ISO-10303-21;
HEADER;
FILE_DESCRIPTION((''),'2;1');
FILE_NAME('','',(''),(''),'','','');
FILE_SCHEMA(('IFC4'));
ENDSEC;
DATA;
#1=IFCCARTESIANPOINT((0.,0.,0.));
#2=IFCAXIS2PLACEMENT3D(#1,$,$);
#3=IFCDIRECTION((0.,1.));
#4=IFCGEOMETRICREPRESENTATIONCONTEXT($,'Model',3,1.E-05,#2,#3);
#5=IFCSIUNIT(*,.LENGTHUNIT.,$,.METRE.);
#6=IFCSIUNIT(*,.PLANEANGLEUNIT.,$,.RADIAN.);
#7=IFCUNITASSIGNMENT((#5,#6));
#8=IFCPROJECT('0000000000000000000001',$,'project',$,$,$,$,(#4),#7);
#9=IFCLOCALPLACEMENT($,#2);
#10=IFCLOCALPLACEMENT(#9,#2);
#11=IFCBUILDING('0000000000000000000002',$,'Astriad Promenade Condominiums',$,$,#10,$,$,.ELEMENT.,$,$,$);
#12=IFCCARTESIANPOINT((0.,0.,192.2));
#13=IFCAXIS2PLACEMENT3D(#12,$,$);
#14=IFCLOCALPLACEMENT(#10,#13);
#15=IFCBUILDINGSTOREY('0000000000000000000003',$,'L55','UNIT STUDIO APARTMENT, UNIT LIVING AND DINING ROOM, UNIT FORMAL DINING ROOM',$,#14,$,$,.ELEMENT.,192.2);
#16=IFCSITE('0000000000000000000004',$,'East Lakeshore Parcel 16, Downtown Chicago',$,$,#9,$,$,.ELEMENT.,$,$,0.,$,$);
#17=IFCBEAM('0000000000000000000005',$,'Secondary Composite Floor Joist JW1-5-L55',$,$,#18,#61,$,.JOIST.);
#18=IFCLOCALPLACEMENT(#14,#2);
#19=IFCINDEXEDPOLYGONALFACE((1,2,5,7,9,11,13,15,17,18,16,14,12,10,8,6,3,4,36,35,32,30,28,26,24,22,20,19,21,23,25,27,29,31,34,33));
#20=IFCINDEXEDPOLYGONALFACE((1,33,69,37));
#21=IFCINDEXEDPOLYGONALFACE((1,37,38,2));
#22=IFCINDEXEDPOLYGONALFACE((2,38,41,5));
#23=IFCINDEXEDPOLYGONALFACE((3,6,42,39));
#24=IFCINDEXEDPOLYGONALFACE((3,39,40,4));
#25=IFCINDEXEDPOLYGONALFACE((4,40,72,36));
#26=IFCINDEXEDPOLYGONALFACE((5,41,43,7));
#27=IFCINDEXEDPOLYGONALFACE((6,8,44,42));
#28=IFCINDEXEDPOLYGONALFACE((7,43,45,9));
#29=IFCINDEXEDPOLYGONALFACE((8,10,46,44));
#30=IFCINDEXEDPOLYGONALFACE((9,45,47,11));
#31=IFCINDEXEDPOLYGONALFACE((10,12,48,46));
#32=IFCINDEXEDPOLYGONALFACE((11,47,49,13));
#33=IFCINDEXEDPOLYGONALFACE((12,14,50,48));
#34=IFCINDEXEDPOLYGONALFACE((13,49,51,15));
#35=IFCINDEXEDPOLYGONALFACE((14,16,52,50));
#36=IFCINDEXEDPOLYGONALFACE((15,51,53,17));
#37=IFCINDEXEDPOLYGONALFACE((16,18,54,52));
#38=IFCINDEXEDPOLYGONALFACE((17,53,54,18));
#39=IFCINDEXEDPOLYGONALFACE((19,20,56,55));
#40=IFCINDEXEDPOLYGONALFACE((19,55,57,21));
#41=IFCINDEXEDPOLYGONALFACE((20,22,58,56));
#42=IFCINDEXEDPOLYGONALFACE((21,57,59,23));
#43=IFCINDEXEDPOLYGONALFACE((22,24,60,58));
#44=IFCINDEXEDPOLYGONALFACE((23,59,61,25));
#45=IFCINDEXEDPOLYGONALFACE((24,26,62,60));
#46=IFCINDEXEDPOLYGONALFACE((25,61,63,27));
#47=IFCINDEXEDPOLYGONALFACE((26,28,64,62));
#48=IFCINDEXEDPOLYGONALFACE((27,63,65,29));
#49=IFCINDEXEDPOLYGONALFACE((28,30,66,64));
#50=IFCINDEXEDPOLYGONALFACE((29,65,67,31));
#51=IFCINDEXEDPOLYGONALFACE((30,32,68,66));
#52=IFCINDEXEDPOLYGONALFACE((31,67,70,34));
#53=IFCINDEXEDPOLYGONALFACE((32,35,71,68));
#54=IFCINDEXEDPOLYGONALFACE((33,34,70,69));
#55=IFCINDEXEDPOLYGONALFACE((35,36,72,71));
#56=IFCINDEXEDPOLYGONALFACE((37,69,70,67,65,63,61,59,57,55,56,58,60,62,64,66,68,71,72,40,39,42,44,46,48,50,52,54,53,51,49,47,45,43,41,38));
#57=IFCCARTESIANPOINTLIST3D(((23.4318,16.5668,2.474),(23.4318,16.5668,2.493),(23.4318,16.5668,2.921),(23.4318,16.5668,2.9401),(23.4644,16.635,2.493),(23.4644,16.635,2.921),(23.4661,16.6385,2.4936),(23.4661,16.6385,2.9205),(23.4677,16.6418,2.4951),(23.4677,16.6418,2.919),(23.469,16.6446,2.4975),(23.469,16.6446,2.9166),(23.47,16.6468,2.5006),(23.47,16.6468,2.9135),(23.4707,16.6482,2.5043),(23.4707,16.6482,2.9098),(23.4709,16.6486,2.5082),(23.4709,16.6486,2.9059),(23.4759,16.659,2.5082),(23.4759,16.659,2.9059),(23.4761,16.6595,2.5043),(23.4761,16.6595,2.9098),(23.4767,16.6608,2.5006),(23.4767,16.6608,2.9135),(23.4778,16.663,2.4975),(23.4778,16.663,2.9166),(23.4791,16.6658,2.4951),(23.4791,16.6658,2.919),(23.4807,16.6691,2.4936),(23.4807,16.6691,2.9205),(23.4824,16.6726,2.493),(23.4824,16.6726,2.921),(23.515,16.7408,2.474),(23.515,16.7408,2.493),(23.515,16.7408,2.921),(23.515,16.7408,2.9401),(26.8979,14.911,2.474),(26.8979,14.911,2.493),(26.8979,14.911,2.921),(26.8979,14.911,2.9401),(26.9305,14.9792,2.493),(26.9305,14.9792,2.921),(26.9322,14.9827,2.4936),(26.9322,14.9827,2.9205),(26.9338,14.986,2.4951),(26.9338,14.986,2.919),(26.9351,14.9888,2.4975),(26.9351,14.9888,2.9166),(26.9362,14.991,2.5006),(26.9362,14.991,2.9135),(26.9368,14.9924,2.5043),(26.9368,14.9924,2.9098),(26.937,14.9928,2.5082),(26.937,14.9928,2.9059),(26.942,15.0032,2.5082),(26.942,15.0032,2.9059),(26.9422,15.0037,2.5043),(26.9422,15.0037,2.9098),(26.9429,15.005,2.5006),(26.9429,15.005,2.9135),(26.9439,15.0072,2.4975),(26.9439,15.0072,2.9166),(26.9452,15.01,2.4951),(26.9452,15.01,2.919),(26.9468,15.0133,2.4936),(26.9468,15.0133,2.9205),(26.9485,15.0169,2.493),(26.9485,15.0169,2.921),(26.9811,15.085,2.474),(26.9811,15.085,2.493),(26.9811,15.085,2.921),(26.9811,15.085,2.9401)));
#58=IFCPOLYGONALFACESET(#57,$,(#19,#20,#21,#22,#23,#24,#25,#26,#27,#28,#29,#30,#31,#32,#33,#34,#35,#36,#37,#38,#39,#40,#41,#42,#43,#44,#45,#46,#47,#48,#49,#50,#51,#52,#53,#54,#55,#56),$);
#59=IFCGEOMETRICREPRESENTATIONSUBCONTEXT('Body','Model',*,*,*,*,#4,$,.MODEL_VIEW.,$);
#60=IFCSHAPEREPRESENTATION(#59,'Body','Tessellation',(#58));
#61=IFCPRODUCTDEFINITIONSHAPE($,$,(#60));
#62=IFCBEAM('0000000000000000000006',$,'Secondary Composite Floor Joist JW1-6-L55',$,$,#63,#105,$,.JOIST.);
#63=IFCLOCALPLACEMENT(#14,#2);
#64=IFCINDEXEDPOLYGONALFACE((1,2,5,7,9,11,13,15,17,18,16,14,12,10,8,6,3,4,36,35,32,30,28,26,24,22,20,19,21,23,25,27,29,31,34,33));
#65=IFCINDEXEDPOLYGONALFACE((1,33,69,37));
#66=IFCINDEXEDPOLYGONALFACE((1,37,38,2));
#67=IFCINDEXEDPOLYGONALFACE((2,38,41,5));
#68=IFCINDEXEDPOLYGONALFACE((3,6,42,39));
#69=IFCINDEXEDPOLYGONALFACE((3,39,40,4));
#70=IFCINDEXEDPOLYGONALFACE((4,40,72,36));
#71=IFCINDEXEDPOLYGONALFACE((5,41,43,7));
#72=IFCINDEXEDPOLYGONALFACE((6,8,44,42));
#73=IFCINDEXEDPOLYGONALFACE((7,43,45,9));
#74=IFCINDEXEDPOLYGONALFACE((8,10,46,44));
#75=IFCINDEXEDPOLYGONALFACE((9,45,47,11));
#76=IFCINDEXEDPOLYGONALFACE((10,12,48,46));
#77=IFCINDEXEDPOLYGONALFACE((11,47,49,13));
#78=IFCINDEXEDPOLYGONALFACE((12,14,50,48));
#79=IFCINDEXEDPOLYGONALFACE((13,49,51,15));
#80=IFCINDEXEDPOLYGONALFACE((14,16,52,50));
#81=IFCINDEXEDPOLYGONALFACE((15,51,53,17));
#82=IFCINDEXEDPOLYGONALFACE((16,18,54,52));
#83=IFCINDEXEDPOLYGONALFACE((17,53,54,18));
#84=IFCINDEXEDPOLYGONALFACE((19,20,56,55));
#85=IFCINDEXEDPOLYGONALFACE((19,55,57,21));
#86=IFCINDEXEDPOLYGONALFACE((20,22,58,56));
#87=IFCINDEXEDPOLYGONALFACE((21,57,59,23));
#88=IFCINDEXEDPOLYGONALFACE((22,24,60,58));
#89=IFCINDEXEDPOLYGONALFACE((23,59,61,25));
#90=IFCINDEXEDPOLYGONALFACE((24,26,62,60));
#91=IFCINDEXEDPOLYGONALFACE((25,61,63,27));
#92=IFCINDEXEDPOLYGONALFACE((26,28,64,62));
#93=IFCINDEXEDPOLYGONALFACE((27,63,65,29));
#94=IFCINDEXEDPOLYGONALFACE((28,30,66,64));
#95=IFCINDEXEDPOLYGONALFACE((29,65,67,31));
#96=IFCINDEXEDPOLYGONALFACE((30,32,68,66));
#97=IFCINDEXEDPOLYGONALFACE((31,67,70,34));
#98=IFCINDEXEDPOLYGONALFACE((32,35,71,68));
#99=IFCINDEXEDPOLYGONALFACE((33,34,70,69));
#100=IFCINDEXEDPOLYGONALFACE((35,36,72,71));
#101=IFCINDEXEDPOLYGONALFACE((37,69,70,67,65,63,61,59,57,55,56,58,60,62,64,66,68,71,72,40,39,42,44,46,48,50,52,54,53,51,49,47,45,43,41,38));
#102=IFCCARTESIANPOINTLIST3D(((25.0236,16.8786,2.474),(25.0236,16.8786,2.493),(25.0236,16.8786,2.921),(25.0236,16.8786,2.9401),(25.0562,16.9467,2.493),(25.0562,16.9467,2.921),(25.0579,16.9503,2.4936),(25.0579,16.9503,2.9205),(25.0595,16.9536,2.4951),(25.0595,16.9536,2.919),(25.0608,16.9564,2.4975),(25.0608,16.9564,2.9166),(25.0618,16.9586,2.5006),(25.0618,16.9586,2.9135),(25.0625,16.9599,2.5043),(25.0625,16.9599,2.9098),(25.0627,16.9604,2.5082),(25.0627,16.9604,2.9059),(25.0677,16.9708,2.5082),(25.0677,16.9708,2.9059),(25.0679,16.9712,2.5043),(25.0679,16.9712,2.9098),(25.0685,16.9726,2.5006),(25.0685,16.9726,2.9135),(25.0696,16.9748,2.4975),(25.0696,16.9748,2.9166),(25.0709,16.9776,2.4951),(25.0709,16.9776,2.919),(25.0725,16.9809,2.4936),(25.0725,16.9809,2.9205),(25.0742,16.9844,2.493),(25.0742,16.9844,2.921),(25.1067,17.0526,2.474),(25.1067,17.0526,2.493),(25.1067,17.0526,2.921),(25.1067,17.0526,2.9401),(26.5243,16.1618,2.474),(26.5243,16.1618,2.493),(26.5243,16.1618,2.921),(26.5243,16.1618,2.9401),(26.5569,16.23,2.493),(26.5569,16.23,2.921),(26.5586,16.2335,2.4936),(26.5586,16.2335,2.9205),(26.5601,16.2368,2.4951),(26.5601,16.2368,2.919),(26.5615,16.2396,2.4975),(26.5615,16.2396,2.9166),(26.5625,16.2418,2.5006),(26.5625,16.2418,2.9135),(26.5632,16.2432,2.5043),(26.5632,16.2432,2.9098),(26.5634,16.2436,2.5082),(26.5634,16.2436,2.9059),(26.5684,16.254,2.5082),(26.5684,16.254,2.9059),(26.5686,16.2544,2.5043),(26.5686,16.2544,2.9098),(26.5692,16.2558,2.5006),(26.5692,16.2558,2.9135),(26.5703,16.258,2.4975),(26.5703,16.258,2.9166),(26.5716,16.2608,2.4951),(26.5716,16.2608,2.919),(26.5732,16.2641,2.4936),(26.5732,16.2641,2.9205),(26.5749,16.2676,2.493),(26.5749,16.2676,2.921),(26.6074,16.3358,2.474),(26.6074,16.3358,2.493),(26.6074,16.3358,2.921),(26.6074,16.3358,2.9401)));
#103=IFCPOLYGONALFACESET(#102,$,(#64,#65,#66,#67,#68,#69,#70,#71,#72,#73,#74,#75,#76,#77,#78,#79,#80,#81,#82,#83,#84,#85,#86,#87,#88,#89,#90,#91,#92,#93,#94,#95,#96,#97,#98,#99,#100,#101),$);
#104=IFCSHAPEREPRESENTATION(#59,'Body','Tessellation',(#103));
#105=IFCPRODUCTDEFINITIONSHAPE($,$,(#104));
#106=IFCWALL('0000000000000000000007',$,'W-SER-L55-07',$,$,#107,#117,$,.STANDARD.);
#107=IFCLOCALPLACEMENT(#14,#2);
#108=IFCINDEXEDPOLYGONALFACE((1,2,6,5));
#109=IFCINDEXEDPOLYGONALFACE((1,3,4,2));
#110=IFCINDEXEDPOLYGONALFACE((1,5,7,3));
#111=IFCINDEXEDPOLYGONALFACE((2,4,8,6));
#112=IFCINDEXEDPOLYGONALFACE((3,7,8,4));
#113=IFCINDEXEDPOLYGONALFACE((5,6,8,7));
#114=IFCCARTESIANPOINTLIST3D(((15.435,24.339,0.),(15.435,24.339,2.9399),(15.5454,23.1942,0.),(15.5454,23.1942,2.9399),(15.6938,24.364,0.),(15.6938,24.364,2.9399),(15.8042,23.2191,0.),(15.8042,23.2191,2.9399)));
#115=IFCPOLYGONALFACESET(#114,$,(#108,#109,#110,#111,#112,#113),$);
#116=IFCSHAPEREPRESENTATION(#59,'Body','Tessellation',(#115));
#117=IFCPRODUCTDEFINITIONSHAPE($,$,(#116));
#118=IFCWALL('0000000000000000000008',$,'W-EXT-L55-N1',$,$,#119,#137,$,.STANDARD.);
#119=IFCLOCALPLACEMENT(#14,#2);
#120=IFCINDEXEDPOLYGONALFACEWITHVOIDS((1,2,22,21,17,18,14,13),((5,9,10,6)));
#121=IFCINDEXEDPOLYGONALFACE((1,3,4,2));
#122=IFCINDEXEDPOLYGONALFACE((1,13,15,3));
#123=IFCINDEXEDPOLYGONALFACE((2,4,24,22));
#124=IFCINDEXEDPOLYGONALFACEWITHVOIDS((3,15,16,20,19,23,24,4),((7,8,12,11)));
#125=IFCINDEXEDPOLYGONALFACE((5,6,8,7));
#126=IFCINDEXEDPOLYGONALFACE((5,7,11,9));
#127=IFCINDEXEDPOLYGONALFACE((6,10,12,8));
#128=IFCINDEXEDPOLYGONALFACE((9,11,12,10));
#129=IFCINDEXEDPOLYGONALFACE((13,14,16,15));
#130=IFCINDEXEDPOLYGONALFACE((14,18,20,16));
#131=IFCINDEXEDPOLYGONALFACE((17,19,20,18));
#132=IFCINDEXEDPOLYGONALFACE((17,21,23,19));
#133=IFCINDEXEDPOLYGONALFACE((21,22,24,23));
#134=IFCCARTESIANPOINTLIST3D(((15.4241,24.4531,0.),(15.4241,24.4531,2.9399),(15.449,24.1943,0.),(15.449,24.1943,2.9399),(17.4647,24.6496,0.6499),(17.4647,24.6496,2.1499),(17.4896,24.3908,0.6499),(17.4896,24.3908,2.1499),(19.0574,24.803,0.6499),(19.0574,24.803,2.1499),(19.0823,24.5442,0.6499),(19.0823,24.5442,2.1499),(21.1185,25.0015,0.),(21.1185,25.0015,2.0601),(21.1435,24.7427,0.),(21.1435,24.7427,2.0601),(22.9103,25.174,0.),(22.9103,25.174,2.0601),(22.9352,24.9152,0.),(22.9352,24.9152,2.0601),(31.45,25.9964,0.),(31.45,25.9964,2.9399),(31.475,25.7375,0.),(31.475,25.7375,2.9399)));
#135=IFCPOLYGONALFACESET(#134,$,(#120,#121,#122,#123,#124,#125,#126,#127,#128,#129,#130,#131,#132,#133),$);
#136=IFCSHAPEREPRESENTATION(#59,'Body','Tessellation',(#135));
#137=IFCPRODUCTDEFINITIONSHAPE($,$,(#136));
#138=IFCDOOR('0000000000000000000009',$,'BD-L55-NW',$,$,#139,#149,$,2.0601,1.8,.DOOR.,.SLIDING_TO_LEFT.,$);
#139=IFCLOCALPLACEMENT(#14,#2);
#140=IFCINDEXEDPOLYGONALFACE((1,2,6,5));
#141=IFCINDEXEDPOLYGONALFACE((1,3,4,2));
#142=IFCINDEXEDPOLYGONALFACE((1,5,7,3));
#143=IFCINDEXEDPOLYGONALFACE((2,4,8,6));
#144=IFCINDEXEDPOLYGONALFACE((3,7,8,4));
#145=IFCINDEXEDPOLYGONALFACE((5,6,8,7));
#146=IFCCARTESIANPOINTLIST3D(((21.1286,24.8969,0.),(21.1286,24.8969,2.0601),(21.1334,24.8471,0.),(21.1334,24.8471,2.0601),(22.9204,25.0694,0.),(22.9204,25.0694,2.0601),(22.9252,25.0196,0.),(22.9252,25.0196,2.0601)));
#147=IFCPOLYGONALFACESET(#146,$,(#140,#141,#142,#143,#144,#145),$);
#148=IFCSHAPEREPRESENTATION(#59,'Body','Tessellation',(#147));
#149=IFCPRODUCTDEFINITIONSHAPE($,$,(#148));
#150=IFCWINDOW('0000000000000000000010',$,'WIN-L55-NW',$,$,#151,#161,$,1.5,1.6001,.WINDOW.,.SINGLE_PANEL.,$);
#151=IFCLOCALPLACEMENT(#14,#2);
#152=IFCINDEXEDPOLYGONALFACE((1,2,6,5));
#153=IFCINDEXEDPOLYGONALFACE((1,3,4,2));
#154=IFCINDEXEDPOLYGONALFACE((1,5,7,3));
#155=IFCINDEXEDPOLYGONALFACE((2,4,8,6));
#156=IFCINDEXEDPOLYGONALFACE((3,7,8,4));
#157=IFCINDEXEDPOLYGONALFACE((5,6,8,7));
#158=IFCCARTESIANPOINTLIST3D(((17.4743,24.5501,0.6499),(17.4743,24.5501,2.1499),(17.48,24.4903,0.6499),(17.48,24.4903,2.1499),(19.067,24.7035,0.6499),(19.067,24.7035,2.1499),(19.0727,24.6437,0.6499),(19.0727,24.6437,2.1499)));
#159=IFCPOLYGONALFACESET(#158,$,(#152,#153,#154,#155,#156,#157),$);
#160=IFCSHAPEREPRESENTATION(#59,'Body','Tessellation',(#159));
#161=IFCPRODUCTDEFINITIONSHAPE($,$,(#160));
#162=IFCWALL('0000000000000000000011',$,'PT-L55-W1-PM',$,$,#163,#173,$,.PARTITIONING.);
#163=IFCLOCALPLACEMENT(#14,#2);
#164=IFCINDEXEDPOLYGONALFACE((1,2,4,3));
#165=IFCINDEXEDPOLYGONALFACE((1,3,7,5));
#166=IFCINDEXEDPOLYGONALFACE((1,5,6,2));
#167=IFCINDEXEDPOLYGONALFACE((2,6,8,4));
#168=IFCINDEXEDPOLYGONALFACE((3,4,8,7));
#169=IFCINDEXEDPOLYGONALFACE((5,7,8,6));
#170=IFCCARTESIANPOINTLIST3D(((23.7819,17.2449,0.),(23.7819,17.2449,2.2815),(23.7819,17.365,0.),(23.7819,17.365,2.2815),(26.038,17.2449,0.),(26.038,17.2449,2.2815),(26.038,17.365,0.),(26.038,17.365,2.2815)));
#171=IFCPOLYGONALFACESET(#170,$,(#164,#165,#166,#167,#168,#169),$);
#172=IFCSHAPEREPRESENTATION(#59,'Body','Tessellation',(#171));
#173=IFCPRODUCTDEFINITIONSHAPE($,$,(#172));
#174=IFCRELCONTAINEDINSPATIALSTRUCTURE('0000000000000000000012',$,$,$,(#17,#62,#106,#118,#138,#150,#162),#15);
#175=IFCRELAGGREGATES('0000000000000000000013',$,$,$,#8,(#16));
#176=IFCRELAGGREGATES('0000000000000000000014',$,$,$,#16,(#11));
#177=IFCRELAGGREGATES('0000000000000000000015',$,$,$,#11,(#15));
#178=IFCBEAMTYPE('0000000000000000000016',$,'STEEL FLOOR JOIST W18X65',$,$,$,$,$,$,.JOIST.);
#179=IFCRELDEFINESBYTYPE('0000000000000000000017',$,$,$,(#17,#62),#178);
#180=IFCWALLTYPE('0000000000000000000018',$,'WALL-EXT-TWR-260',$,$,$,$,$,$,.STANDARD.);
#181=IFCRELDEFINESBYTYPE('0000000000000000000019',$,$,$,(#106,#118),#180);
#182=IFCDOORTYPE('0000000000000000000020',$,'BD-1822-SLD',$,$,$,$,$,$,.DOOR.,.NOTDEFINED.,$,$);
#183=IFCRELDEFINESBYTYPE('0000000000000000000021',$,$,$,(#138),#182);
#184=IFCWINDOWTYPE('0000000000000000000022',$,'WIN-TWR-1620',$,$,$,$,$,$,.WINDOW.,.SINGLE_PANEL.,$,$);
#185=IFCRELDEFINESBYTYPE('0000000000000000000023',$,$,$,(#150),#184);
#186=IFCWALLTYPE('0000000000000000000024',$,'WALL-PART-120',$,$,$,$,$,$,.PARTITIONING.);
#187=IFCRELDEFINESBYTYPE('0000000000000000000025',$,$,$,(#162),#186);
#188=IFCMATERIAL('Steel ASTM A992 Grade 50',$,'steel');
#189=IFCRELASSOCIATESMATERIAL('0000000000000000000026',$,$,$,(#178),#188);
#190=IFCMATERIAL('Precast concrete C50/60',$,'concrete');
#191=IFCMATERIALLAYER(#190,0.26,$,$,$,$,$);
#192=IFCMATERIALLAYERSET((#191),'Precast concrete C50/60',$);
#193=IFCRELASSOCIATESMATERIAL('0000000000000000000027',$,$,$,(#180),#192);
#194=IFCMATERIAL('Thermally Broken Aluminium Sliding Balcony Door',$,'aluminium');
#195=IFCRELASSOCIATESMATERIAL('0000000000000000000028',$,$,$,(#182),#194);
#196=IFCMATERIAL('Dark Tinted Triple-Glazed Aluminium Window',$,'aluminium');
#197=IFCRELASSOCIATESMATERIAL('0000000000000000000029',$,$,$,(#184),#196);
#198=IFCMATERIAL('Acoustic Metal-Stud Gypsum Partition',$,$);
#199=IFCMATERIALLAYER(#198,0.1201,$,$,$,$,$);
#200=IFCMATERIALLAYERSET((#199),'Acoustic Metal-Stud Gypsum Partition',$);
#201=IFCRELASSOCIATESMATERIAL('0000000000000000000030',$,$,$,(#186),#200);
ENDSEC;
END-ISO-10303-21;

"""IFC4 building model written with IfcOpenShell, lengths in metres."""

from ifc_helpers import new_model, si_unit, direction, frame, frame_2d, origin, origin_2d, place, context, subcontext, project, spatial, rectangle, i_section, extrude, source, transform, mapped, material, layer, layer_set, material_profile, profile_set, type_object, type_shapes, element, fill, save


model = new_model("IFC4")

# Units and contexts
model_context = context("Model", 3, precision=1e-05, world=origin(), true_north=direction((0.0, 1.0)))
body_context = subcontext(model_context, "Body", "Model", "MODEL_VIEW")
ifc_project = project(units=[si_unit("LENGTHUNIT", "METRE"), si_unit("PLANEANGLEUNIT", "RADIAN")], contexts=[model_context])

# Site, building, storey
site_placement = place(None, origin())
site = spatial("IfcSite", under=ifc_project, at=site_placement, Name="East Lakeshore Parcel 16, Downtown Chicago", CompositionType="ELEMENT", RefElevation=0.0)
building_placement = place(site_placement, origin())
building = spatial("IfcBuilding", under=site, at=building_placement, Name="Astriad Promenade Condominiums", CompositionType="ELEMENT")
storey_placement = place(building_placement, frame((0.0, 0.0, 192.2)))
storey = spatial("IfcBuildingStorey", under=building, at=storey_placement, Name="L55", Description="UNIT STUDIO APARTMENT, UNIT LIVING AND DINING ROOM, UNIT FORMAL DINING ROOM", CompositionType="ELEMENT", Elevation=192.2)

# Beams
ifc_material_1 = material(Name="Steel ASTM A992 Grade 50", Category="steel")
ifc_material_profile_1 = material_profile(ifc_material_1, i_section(OverallWidth=0.1929, OverallDepth=0.4661, WebThickness=0.0115, FlangeThickness=0.019, FilletRadius=0.0151, at=origin_2d()), Name="W18X65")
ifc_profile_set_1 = profile_set([ifc_material_profile_1], Name="Steel ASTM A992 Grade 50")
beam_type_1 = type_object("IfcBeamType", Name="STEEL FLOOR JOIST W18X65", PredefinedType="JOIST", material=ifc_profile_set_1)
shared_shape_1 = source(origin(), body_context, "Body", "SweptSolid", [
    extrude(i_section(OverallWidth=0.1929, OverallDepth=0.4661, WebThickness=0.0115, FlangeThickness=0.019, FilletRadius=0.0151, at=origin_2d()), origin(), (0.0, 0.0, 1.0), 3.8413),
])
beam_1_placement = place(storey_placement, frame((23.4734, 16.6538, 2.707), z_axis=(0.902329, -0.431048, 0.0), x_axis=(0.431048, 0.902329, 0.0)))
element("IfcBeam", 1, at=beam_1_placement, inside=storey, type_object=beam_type_1, Name="Secondary Composite Floor Joist JW1-5-L55", PredefinedType="JOIST", context=body_context, shape_type="MappedRepresentation", body=[
    mapped(shared_shape_1, transform((0.0, 0.0, 0.0), scale=1.0)),
])
shared_shape_2 = source(origin(), body_context, "Body", "SweptSolid", [
    extrude(i_section(OverallWidth=0.1929, OverallDepth=0.4661, WebThickness=0.0115, FlangeThickness=0.019, FilletRadius=0.0151, at=origin_2d()), origin(), (0.0, 0.0, 1.0), 1.6631),
])
beam_2_placement = place(storey_placement, frame((25.0652, 16.9656, 2.707), z_axis=(0.902355, -0.430993, 0.0), x_axis=(0.430993, 0.902355, 0.0)))
element("IfcBeam", 2, at=beam_2_placement, inside=storey, type_object=beam_type_1, Name="Secondary Composite Floor Joist JW1-6-L55", PredefinedType="JOIST", context=body_context, shape_type="MappedRepresentation", body=[
    mapped(shared_shape_2, transform((0.0, 0.0, 0.0), scale=1.0)),
])

# Wall
ifc_material_2 = material(Name="Precast concrete C50/60", Category="concrete")
ifc_layer_1 = layer(ifc_material_2, 0.26)
ifc_layer_set_1 = layer_set([ifc_layer_1], Name="Precast concrete C50/60")
wall_type_1 = type_object("IfcWallType", Name="WALL-EXT-TWR-260", PredefinedType="STANDARD", material=ifc_layer_set_1)
wall_1_placement = place(storey_placement, frame((15.6748, 23.2065, 0.0), z_axis=(0.0, 0.0, 1.0), x_axis=(-0.095951, 0.995386, 0.0)))
element("IfcWall", 3, at=wall_1_placement, inside=storey, type_object=wall_type_1, Name="W-SER-L55-07", PredefinedType="STANDARD", context=body_context, shape_type="SweptSolid", body=[
    extrude(rectangle(XDim=1.1501, YDim=0.26, at=frame_2d((0.5752, 0.0))), origin(), (0.0, 0.0, 1.0), 2.9399),
])

# Wall, openings, door, window
wall_2_placement = place(storey_placement, frame((15.4365, 24.3237, 0.0), z_axis=(0.0, 0.0, 1.0), x_axis=(0.995396, 0.095852, 0.0)))
wall_2 = element("IfcWall", 4, at=wall_2_placement, inside=storey, type_object=wall_type_1, Name="W-EXT-L55-N1", PredefinedType="STANDARD", context=body_context, shape_type="SweptSolid", body=[
    extrude(rectangle(XDim=16.1001, YDim=0.26, at=frame_2d((8.05, 0.0))), origin(), (0.0, 0.0, 1.0), 2.9399),
])
opening_1_placement = place(wall_2_placement, frame((5.7209, 0.0, 0.0)))
opening_1 = element("IfcOpeningElement", 5, at=opening_1_placement, cuts=wall_2, PredefinedType="OPENING", context=body_context, shape_type="SweptSolid", body=[
    extrude(rectangle(XDim=1.8, YDim=2.0601, at=frame_2d((0.8999, 1.03))), frame((0.0, 0.1399, 0.0), z_axis=(0.0, -1.0, 0.0), x_axis=(1.0, 0.0, 0.0)), (0.0, 0.0, 1.0), 0.28),
])
opening_2_placement = place(wall_2_placement, frame((2.05, 0.0, 0.6499)))
opening_2 = element("IfcOpeningElement", 6, at=opening_2_placement, cuts=wall_2, PredefinedType="OPENING", context=body_context, shape_type="SweptSolid", body=[
    extrude(rectangle(XDim=1.6001, YDim=1.5, at=frame_2d((0.8, 0.75))), frame((0.0, 0.1399, 0.0), z_axis=(0.0, -1.0, 0.0), x_axis=(1.0, 0.0, 0.0)), (0.0, 0.0, 1.0), 0.28),
])
ifc_material_3 = material(Name="Thermally Broken Aluminium Sliding Balcony Door", Category="aluminium")
door_type_1 = type_object("IfcDoorType", Name="BD-1822-SLD", OperationType="NOTDEFINED", PredefinedType="DOOR", material=ifc_material_3)
shared_shape_3 = source(origin(), body_context, "Body", "SweptSolid", [
    extrude(rectangle(XDim=1.8, YDim=2.0601, at=frame_2d((0.8999, 1.03))), frame((0.0, 0.0249, 0.0), z_axis=(0.0, -1.0, 0.0), x_axis=(1.0, 0.0, 0.0)), (0.0, 0.0, 1.0), 0.05),
])
type_shapes(door_type_1, [shared_shape_3])
door_1_placement = place(opening_1_placement, origin())
door_1 = element("IfcDoor", 7, at=door_1_placement, inside=storey, type_object=door_type_1, Name="BD-L55-NW", OperationType="SLIDING_TO_LEFT", OverallHeight=2.0601, OverallWidth=1.8, PredefinedType="DOOR", context=body_context, shape_type="MappedRepresentation", body=[
    mapped(shared_shape_3, transform((0.0, 0.0, 0.0), scale=1.0)),
])
fill(opening_1, door_1)
ifc_material_4 = material(Name="Dark Tinted Triple-Glazed Aluminium Window", Category="aluminium")
window_type = type_object("IfcWindowType", Name="WIN-TWR-1620", PartitioningType="SINGLE_PANEL", PredefinedType="WINDOW", material=ifc_material_4)
shared_shape_4 = source(origin(), body_context, "Body", "SweptSolid", [
    extrude(rectangle(XDim=1.6001, YDim=1.5, at=frame_2d((0.8, 0.75))), frame((0.0, 0.03, 0.0), z_axis=(0.0, -1.0, 0.0), x_axis=(1.0, 0.0, 0.0)), (0.0, 0.0, 1.0), 0.0601),
])
type_shapes(window_type, [shared_shape_4])
window_placement = place(opening_2_placement, origin())
window = element("IfcWindow", 8, at=window_placement, inside=storey, type_object=window_type, Name="WIN-L55-NW", OverallHeight=1.5, OverallWidth=1.6001, PartitioningType="SINGLE_PANEL", PredefinedType="WINDOW", context=body_context, shape_type="MappedRepresentation", body=[
    mapped(shared_shape_4, transform((0.0, 0.0, 0.0), scale=1.0)),
])
fill(opening_2, window)

# Wall
ifc_material_5 = material(Name="Acoustic Metal-Stud Gypsum Partition")
ifc_layer_2 = layer(ifc_material_5, 0.1201)
ifc_layer_set_2 = layer_set([ifc_layer_2], Name="Acoustic Metal-Stud Gypsum Partition")
wall_type_2 = type_object("IfcWallType", Name="WALL-PART-120", PredefinedType="PARTITIONING", material=ifc_layer_set_2)
wall_3_placement = place(storey_placement, frame((23.782, 17.3049, 0.0), z_axis=(0.0, 0.0, 1.0), x_axis=(1.0, 0.0, 0.0)))
element("IfcWall", 9, at=wall_3_placement, inside=storey, type_object=wall_type_2, Name="PT-L55-W1-PM", PredefinedType="PARTITIONING", context=body_context, shape_type="SweptSolid", body=[
    extrude(rectangle(XDim=2.2561, YDim=0.1201, at=frame_2d((1.1279, 0.0))), origin(), (0.0, 0.0, 1.0), 2.2815),
])

save(model, "model.ifc")
